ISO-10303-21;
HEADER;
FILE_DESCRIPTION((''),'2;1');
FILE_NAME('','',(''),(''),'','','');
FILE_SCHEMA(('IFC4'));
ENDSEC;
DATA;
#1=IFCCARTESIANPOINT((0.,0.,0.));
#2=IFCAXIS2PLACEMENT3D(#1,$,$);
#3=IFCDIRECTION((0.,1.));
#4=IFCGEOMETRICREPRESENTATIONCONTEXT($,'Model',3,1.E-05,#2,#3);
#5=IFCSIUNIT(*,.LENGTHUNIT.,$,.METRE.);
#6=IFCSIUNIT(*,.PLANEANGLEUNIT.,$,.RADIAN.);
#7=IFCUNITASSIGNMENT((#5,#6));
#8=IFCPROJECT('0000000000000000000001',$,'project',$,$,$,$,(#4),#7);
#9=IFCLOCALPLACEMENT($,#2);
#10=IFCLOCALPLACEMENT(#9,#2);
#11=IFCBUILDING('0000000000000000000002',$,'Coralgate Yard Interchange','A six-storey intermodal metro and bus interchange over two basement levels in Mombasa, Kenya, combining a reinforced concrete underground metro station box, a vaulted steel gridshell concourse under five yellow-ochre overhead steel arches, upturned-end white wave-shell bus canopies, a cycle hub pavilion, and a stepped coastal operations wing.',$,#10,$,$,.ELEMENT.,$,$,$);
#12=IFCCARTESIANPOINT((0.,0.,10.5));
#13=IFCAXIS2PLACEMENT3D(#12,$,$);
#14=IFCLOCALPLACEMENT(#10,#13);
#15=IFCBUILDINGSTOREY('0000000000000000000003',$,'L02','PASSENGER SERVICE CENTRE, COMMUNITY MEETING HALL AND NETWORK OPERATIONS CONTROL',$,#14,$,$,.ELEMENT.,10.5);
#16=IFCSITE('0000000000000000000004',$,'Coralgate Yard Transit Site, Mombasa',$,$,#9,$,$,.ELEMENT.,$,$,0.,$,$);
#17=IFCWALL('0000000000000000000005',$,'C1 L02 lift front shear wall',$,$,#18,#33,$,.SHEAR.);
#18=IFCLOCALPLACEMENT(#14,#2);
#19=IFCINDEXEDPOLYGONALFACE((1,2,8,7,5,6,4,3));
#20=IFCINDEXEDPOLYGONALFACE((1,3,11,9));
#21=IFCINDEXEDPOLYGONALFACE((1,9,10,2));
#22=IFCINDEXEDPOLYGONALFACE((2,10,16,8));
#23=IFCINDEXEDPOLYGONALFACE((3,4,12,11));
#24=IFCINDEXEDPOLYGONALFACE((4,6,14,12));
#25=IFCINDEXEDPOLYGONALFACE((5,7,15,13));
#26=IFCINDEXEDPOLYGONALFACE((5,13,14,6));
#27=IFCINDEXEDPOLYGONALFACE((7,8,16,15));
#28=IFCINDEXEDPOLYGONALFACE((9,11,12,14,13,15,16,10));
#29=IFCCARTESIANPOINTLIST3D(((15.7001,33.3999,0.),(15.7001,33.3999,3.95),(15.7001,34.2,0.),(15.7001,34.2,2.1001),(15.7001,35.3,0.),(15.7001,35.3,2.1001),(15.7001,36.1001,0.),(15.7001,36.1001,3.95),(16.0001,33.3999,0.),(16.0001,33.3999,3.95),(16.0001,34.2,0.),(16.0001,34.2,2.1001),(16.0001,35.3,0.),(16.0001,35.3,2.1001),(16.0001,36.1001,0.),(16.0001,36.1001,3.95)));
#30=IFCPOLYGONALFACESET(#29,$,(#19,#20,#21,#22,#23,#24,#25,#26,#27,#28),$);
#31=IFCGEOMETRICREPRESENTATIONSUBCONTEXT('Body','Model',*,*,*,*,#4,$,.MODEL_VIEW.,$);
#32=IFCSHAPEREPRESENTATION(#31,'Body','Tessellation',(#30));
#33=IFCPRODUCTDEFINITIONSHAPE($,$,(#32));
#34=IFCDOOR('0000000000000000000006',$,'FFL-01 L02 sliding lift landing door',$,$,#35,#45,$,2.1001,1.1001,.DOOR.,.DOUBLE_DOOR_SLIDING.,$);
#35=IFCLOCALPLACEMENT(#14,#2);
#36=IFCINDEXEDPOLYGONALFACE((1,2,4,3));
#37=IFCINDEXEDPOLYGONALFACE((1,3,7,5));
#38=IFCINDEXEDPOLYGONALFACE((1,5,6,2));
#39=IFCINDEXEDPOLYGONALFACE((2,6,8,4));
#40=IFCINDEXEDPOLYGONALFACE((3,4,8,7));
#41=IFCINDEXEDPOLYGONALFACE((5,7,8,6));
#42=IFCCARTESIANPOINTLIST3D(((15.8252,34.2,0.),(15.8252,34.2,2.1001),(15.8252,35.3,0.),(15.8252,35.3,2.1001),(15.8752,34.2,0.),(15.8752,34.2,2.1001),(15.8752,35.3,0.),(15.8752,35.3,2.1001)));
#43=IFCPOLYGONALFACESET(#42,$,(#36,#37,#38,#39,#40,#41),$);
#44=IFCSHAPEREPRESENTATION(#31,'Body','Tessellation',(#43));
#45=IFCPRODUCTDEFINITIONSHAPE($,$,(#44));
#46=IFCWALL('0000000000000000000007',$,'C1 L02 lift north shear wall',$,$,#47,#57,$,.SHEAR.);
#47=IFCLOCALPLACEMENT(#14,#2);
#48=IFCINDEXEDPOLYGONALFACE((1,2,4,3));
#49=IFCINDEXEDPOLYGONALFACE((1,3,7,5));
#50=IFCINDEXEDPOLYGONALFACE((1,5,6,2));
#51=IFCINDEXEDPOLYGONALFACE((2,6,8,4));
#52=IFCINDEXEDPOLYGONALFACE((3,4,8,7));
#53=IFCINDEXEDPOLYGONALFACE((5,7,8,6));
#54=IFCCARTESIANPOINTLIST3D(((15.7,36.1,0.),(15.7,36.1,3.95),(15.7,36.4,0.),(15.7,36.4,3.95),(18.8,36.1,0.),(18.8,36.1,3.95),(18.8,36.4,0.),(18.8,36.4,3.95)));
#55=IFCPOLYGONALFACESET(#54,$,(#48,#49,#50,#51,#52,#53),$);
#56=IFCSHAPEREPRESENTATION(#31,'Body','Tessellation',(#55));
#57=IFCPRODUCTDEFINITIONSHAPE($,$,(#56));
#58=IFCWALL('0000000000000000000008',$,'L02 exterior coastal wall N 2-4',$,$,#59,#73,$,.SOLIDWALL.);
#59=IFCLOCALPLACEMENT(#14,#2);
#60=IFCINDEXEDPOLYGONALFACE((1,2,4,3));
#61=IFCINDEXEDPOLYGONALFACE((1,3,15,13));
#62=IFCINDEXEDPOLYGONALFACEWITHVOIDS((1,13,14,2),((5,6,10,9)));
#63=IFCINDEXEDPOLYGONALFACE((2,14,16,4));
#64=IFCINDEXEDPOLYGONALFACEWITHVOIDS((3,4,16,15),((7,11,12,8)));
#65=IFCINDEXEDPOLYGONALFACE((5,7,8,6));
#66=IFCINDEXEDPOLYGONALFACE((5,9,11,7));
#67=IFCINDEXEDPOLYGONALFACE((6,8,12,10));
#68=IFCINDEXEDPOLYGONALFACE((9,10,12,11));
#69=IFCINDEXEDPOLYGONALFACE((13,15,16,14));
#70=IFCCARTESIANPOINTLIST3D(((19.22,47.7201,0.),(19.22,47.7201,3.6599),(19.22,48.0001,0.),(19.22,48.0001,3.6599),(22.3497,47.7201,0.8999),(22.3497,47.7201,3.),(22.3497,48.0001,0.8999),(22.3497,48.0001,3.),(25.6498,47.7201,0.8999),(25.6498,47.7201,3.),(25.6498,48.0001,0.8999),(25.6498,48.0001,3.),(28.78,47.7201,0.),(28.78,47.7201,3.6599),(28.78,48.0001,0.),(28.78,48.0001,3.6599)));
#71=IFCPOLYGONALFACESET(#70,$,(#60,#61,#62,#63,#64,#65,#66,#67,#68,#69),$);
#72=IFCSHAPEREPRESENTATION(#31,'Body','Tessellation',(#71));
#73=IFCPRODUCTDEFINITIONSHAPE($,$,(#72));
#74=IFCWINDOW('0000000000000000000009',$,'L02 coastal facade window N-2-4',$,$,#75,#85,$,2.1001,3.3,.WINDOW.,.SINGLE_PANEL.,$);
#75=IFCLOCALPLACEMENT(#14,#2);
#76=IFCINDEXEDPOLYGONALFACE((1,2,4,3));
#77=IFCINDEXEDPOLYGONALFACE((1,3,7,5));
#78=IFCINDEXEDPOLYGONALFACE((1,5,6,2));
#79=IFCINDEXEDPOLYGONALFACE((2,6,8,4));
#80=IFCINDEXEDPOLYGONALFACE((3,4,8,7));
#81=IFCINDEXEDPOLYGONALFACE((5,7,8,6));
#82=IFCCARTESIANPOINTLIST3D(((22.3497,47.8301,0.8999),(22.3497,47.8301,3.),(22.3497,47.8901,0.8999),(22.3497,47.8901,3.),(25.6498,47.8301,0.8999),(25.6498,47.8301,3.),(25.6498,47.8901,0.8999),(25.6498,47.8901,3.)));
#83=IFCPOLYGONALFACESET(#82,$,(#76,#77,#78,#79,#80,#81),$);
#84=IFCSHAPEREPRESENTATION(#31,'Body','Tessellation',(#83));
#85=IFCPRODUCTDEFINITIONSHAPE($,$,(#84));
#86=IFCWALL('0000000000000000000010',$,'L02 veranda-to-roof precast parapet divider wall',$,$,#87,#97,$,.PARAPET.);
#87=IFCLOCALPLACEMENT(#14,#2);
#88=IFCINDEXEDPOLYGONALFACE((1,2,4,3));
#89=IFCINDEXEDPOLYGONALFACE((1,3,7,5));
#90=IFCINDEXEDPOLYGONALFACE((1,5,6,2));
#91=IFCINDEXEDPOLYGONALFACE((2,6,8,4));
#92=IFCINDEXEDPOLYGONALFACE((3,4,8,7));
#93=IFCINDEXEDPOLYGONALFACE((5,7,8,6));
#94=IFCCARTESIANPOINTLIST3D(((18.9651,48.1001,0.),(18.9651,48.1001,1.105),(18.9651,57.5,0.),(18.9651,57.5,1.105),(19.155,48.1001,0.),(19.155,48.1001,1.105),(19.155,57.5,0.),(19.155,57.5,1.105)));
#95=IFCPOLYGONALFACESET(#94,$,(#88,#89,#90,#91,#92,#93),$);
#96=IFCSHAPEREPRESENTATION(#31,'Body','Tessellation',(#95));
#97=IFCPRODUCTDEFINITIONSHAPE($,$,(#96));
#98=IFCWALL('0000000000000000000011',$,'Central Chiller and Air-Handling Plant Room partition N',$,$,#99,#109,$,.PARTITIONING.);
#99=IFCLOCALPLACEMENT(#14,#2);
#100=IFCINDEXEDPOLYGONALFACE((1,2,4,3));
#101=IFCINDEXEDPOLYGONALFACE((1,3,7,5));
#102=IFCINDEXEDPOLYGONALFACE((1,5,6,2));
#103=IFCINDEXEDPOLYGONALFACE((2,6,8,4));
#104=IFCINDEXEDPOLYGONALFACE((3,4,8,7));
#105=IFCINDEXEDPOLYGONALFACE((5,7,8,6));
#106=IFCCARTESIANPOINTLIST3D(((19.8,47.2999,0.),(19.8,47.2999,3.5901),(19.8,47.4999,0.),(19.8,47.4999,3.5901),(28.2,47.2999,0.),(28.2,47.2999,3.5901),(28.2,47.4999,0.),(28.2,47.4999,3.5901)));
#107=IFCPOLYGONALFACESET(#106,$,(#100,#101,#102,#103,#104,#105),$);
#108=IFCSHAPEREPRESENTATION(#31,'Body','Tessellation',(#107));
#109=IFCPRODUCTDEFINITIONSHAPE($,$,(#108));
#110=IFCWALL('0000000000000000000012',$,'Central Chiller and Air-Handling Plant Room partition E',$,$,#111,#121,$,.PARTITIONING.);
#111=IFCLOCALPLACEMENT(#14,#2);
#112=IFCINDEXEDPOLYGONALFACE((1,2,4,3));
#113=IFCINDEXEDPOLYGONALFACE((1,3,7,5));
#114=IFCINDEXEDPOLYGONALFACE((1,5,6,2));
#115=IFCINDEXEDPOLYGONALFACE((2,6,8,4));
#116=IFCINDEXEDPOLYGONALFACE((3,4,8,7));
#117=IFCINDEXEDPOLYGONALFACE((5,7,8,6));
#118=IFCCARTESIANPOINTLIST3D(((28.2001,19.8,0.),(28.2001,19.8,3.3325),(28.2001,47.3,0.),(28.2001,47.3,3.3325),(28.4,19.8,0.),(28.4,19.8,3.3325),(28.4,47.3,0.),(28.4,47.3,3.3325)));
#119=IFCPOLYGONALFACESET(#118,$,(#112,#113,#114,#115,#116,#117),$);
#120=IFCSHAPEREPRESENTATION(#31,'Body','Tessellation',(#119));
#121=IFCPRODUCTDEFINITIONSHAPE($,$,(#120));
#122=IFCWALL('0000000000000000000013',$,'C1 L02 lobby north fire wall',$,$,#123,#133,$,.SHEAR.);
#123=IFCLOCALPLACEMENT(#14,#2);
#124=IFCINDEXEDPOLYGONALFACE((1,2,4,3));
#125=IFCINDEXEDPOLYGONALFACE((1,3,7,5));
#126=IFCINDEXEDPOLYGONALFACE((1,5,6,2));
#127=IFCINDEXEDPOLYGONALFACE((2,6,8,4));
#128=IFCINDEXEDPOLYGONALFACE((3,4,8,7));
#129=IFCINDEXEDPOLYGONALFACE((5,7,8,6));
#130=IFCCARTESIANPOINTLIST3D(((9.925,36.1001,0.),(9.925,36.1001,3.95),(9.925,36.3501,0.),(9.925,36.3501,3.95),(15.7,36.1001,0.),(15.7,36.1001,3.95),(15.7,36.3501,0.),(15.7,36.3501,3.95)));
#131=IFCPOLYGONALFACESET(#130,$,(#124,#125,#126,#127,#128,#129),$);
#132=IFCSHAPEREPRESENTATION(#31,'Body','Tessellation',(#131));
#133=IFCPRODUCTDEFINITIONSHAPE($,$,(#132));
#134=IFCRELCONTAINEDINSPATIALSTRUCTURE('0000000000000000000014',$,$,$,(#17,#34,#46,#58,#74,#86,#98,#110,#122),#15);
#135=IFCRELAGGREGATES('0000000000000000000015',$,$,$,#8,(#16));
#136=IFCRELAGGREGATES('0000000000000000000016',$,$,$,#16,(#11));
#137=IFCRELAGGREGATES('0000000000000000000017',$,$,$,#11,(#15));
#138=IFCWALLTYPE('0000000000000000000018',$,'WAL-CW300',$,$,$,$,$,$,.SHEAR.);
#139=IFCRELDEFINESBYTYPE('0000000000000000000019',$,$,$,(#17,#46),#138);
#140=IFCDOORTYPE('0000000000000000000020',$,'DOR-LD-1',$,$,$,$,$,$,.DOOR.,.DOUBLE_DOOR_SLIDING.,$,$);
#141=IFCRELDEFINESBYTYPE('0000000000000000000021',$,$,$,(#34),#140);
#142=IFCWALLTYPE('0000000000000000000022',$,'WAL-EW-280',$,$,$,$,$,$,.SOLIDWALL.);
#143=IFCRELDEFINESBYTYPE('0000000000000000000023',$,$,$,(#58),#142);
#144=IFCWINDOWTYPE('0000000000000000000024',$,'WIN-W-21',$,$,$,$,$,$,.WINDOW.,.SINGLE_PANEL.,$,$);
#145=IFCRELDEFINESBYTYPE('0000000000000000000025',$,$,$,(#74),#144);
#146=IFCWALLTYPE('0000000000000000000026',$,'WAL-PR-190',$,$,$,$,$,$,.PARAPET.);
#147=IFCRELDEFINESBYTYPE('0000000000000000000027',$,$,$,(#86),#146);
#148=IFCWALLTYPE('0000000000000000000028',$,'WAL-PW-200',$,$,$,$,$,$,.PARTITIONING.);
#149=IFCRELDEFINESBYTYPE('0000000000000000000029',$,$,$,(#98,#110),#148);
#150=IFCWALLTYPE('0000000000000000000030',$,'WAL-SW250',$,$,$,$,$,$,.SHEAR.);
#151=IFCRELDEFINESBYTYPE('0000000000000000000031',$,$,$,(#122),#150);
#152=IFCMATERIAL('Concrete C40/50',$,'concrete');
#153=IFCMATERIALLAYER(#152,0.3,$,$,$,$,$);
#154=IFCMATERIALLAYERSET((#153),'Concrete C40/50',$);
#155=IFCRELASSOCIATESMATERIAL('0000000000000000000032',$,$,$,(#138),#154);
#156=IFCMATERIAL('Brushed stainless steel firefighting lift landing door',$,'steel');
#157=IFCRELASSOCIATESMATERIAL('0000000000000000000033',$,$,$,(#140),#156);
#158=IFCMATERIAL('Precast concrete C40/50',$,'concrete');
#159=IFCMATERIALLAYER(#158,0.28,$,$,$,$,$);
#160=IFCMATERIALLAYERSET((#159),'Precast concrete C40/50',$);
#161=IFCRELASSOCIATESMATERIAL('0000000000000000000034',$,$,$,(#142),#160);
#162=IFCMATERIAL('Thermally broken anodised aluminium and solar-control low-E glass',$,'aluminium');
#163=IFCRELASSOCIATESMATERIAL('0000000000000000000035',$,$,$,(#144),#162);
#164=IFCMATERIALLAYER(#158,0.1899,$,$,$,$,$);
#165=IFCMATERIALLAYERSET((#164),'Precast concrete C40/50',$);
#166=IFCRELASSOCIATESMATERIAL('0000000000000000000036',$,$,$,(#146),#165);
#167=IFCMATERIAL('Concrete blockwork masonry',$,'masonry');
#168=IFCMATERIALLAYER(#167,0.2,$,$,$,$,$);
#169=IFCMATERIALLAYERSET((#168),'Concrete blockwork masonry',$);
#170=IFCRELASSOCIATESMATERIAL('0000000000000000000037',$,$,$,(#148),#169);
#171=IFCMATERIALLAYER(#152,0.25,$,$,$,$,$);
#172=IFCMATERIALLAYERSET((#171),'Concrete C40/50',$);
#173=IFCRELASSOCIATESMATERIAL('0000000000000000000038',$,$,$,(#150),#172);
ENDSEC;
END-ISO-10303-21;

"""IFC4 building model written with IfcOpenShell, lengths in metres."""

from ifc_helpers import new_model, si_unit, direction, frame, frame_2d, origin, place, context, subcontext, project, spatial, rectangle, extrude, material, layer, layer_set, type_object, element, fill, save


model = new_model("IFC4")

# Units and contexts
model_context = context("Model", 3, precision=1e-05, world=origin(), true_north=direction((0.0, 1.0)))
body_context = subcontext(model_context, "Body", "Model", "MODEL_VIEW")
ifc_project = project(units=[si_unit("LENGTHUNIT", "METRE"), si_unit("PLANEANGLEUNIT", "RADIAN")], contexts=[model_context])

# Site, building, storey
site_placement = place(None, origin())
site = spatial("IfcSite", under=ifc_project, at=site_placement, Name="Coralgate Yard Transit Site, Mombasa", CompositionType="ELEMENT", RefElevation=0.0)
building_placement = place(site_placement, origin())
building = spatial("IfcBuilding", under=site, at=building_placement, Name="Coralgate Yard Interchange", Description="A six-storey intermodal metro and bus interchange over two basement levels in Mombasa, Kenya, combining a reinforced concrete underground metro station box, a vaulted steel gridshell concourse under five yellow-ochre overhead steel arches, upturned-end white wave-shell bus canopies, a cycle hub pavilion, and a stepped coastal operations wing.", CompositionType="ELEMENT")
storey_placement = place(building_placement, frame((0.0, 0.0, 10.5)))
storey = spatial("IfcBuildingStorey", under=building, at=storey_placement, Name="L02", Description="PASSENGER SERVICE CENTRE, COMMUNITY MEETING HALL AND NETWORK OPERATIONS CONTROL", CompositionType="ELEMENT", Elevation=10.5)

# Wall, opening, door
ifc_material_1 = material(Name="Concrete C40/50", Category="concrete")
ifc_layer_1 = layer(ifc_material_1, 0.3)
ifc_layer_set_1 = layer_set([ifc_layer_1], Name="Concrete C40/50")
wall_type_1 = type_object("IfcWallType", Name="WAL-CW300", PredefinedType="SHEAR", material=ifc_layer_set_1)
wall_1_placement = place(storey_placement, frame((15.8501, 36.1001, 0.0), z_axis=(0.0, 0.0, 1.0), x_axis=(0.0, -1.0, 0.0)))
wall_1 = element("IfcWall", 1, at=wall_1_placement, inside=storey, type_object=wall_type_1, Name="C1 L02 lift front shear wall", PredefinedType="SHEAR", context=body_context, shape_type="SweptSolid", body=[
    extrude(rectangle(XDim=2.7002, YDim=0.3, at=frame_2d((1.3501, 0.0))), origin(), (0.0, 0.0, 1.0), 3.95),
])
opening_1_placement = place(wall_1_placement, frame((0.8, 0.0, 0.0)))
opening_1 = element("IfcOpeningElement", 2, at=opening_1_placement, cuts=wall_1, PredefinedType="OPENING", context=body_context, shape_type="SweptSolid", body=[
    extrude(rectangle(XDim=1.1001, YDim=2.1001, at=frame_2d((0.55, 1.05))), frame((0.0, 0.1599, 0.0), z_axis=(0.0, -1.0, 0.0), x_axis=(1.0, 0.0, 0.0)), (0.0, 0.0, 1.0), 0.3201),
])
ifc_material_2 = material(Name="Brushed stainless steel firefighting lift landing door", Category="steel")
door_type = type_object("IfcDoorType", Name="DOR-LD-1", OperationType="DOUBLE_DOOR_SLIDING", PredefinedType="DOOR", material=ifc_material_2)
door_placement = place(opening_1_placement, frame((1.1001, 0.0, 0.0), z_axis=(0.0, 0.0, 1.0), x_axis=(-1.0, 0.0, 0.0)))
door = element("IfcDoor", 3, at=door_placement, inside=storey, type_object=door_type, Name="FFL-01 L02 sliding lift landing door", OperationType="DOUBLE_DOOR_SLIDING", OverallHeight=2.1001, OverallWidth=1.1001, PredefinedType="DOOR", context=body_context, shape_type="SweptSolid", body=[
    extrude(rectangle(XDim=1.1001, YDim=2.1001, at=frame_2d((0.55, 1.05))), frame((0.0, 0.0249, 0.0), z_axis=(0.0, -1.0, 0.0), x_axis=(1.0, 0.0, 0.0)), (0.0, 0.0, 1.0), 0.05),
])
fill(opening_1, door)

# Wall
wall_2_placement = place(storey_placement, frame((15.7, 36.25, 0.0), z_axis=(0.0, 0.0, 1.0), x_axis=(1.0, 0.0, 0.0)))
element("IfcWall", 4, at=wall_2_placement, inside=storey, type_object=wall_type_1, Name="C1 L02 lift north shear wall", PredefinedType="SHEAR", context=body_context, shape_type="SweptSolid", body=[
    extrude(rectangle(XDim=3.1001, YDim=0.3, at=frame_2d((1.55, 0.0))), origin(), (0.0, 0.0, 1.0), 3.95),
])

# Wall, opening, window
ifc_material_3 = material(Name="Precast concrete C40/50", Category="concrete")
ifc_layer_2 = layer(ifc_material_3, 0.28)
ifc_layer_set_2 = layer_set([ifc_layer_2], Name="Precast concrete C40/50")
wall_type_2 = type_object("IfcWallType", Name="WAL-EW-280", PredefinedType="SOLIDWALL", material=ifc_layer_set_2)
wall_3_placement = place(storey_placement, frame((19.22, 47.8601, 0.0), z_axis=(0.0, 0.0, 1.0), x_axis=(1.0, 0.0, 0.0)))
wall_3 = element("IfcWall", 5, at=wall_3_placement, inside=storey, type_object=wall_type_2, Name="L02 exterior coastal wall N 2-4", PredefinedType="SOLIDWALL", context=body_context, shape_type="SweptSolid", body=[
    extrude(rectangle(XDim=9.5601, YDim=0.28, at=frame_2d((4.78, 0.0))), origin(), (0.0, 0.0, 1.0), 3.6599),
])
opening_2_placement = place(wall_3_placement, frame((3.1299, 0.0, 0.8999)))
opening_2 = element("IfcOpeningElement", 6, at=opening_2_placement, cuts=wall_3, PredefinedType="OPENING", context=body_context, shape_type="SweptSolid", body=[
    extrude(rectangle(XDim=3.3, YDim=2.1001, at=frame_2d((1.6499, 1.05))), frame((0.0, 0.1499, 0.0), z_axis=(0.0, -1.0, 0.0), x_axis=(1.0, 0.0, 0.0)), (0.0, 0.0, 1.0), 0.3),
])
ifc_material_4 = material(Name="Thermally broken anodised aluminium and solar-control low-E glass", Category="aluminium")
window_type = type_object("IfcWindowType", Name="WIN-W-21", PartitioningType="SINGLE_PANEL", PredefinedType="WINDOW", material=ifc_material_4)
window_placement = place(opening_2_placement, origin())
window = element("IfcWindow", 7, at=window_placement, inside=storey, type_object=window_type, Name="L02 coastal facade window N-2-4", OverallHeight=2.1001, OverallWidth=3.3, PartitioningType="SINGLE_PANEL", PredefinedType="WINDOW", context=body_context, shape_type="SweptSolid", body=[
    extrude(rectangle(XDim=3.3, YDim=2.1001, at=frame_2d((1.6499, 1.05))), frame((0.0, 0.03, 0.0), z_axis=(0.0, -1.0, 0.0), x_axis=(1.0, 0.0, 0.0)), (0.0, 0.0, 1.0), 0.0601),
])
fill(opening_2, window)

# Walls
ifc_layer_3 = layer(ifc_material_3, 0.1899)
ifc_layer_set_3 = layer_set([ifc_layer_3], Name="Precast concrete C40/50")
wall_type_3 = type_object("IfcWallType", Name="WAL-PR-190", PredefinedType="PARAPET", material=ifc_layer_set_3)
wall_4_placement = place(storey_placement, frame((19.0601, 48.1001, 0.0), z_axis=(0.0, 0.0, 1.0), x_axis=(0.0, 1.0, 0.0)))
element("IfcWall", 8, at=wall_4_placement, inside=storey, type_object=wall_type_3, Name="L02 veranda-to-roof precast parapet divider wall", PredefinedType="PARAPET", context=body_context, shape_type="SweptSolid", body=[
    extrude(rectangle(XDim=9.3999, YDim=0.1899, at=frame_2d((4.7, 0.0))), origin(), (0.0, 0.0, 1.0), 1.105),
])
ifc_material_5 = material(Name="Concrete blockwork masonry", Category="masonry")
ifc_layer_4 = layer(ifc_material_5, 0.2)
ifc_layer_set_4 = layer_set([ifc_layer_4], Name="Concrete blockwork masonry")
wall_type_4 = type_object("IfcWallType", Name="WAL-PW-200", PredefinedType="PARTITIONING", material=ifc_layer_set_4)
wall_5_placement = place(storey_placement, frame((19.8, 47.3999, 0.0), z_axis=(0.0, 0.0, 1.0), x_axis=(1.0, 0.0, 0.0)))
element("IfcWall", 9, at=wall_5_placement, inside=storey, type_object=wall_type_4, Name="Central Chiller and Air-Handling Plant Room partition N", PredefinedType="PARTITIONING", context=body_context, shape_type="SweptSolid", body=[
    extrude(rectangle(XDim=8.3999, YDim=0.2, at=frame_2d((4.2, 0.0))), origin(), (0.0, 0.0, 1.0), 3.5901),
])
wall_6_placement = place(storey_placement, frame((28.3, 47.3, 0.0), z_axis=(0.0, 0.0, 1.0), x_axis=(0.0, -1.0, 0.0)))
element("IfcWall", 10, at=wall_6_placement, inside=storey, type_object=wall_type_4, Name="Central Chiller and Air-Handling Plant Room partition E", PredefinedType="PARTITIONING", context=body_context, shape_type="SweptSolid", body=[
    extrude(rectangle(XDim=27.5, YDim=0.2, at=frame_2d((13.75, 0.0))), origin(), (0.0, 0.0, 1.0), 3.3325),
])
ifc_layer_5 = layer(ifc_material_1, 0.25)
ifc_layer_set_5 = layer_set([ifc_layer_5], Name="Concrete C40/50")
wall_type_5 = type_object("IfcWallType", Name="WAL-SW250", PredefinedType="SHEAR", material=ifc_layer_set_5)
wall_7_placement = place(storey_placement, frame((15.7, 36.2251, 0.0), z_axis=(0.0, 0.0, 1.0), x_axis=(-1.0, 0.0, 0.0)))
element("IfcWall", 11, at=wall_7_placement, inside=storey, type_object=wall_type_5, Name="C1 L02 lobby north fire wall", PredefinedType="SHEAR", context=body_context, shape_type="SweptSolid", body=[
    extrude(rectangle(XDim=5.7749, YDim=0.25, at=frame_2d((2.8875, 0.0))), origin(), (0.0, 0.0, 1.0), 3.95),
])

save(model, "model.ifc")
